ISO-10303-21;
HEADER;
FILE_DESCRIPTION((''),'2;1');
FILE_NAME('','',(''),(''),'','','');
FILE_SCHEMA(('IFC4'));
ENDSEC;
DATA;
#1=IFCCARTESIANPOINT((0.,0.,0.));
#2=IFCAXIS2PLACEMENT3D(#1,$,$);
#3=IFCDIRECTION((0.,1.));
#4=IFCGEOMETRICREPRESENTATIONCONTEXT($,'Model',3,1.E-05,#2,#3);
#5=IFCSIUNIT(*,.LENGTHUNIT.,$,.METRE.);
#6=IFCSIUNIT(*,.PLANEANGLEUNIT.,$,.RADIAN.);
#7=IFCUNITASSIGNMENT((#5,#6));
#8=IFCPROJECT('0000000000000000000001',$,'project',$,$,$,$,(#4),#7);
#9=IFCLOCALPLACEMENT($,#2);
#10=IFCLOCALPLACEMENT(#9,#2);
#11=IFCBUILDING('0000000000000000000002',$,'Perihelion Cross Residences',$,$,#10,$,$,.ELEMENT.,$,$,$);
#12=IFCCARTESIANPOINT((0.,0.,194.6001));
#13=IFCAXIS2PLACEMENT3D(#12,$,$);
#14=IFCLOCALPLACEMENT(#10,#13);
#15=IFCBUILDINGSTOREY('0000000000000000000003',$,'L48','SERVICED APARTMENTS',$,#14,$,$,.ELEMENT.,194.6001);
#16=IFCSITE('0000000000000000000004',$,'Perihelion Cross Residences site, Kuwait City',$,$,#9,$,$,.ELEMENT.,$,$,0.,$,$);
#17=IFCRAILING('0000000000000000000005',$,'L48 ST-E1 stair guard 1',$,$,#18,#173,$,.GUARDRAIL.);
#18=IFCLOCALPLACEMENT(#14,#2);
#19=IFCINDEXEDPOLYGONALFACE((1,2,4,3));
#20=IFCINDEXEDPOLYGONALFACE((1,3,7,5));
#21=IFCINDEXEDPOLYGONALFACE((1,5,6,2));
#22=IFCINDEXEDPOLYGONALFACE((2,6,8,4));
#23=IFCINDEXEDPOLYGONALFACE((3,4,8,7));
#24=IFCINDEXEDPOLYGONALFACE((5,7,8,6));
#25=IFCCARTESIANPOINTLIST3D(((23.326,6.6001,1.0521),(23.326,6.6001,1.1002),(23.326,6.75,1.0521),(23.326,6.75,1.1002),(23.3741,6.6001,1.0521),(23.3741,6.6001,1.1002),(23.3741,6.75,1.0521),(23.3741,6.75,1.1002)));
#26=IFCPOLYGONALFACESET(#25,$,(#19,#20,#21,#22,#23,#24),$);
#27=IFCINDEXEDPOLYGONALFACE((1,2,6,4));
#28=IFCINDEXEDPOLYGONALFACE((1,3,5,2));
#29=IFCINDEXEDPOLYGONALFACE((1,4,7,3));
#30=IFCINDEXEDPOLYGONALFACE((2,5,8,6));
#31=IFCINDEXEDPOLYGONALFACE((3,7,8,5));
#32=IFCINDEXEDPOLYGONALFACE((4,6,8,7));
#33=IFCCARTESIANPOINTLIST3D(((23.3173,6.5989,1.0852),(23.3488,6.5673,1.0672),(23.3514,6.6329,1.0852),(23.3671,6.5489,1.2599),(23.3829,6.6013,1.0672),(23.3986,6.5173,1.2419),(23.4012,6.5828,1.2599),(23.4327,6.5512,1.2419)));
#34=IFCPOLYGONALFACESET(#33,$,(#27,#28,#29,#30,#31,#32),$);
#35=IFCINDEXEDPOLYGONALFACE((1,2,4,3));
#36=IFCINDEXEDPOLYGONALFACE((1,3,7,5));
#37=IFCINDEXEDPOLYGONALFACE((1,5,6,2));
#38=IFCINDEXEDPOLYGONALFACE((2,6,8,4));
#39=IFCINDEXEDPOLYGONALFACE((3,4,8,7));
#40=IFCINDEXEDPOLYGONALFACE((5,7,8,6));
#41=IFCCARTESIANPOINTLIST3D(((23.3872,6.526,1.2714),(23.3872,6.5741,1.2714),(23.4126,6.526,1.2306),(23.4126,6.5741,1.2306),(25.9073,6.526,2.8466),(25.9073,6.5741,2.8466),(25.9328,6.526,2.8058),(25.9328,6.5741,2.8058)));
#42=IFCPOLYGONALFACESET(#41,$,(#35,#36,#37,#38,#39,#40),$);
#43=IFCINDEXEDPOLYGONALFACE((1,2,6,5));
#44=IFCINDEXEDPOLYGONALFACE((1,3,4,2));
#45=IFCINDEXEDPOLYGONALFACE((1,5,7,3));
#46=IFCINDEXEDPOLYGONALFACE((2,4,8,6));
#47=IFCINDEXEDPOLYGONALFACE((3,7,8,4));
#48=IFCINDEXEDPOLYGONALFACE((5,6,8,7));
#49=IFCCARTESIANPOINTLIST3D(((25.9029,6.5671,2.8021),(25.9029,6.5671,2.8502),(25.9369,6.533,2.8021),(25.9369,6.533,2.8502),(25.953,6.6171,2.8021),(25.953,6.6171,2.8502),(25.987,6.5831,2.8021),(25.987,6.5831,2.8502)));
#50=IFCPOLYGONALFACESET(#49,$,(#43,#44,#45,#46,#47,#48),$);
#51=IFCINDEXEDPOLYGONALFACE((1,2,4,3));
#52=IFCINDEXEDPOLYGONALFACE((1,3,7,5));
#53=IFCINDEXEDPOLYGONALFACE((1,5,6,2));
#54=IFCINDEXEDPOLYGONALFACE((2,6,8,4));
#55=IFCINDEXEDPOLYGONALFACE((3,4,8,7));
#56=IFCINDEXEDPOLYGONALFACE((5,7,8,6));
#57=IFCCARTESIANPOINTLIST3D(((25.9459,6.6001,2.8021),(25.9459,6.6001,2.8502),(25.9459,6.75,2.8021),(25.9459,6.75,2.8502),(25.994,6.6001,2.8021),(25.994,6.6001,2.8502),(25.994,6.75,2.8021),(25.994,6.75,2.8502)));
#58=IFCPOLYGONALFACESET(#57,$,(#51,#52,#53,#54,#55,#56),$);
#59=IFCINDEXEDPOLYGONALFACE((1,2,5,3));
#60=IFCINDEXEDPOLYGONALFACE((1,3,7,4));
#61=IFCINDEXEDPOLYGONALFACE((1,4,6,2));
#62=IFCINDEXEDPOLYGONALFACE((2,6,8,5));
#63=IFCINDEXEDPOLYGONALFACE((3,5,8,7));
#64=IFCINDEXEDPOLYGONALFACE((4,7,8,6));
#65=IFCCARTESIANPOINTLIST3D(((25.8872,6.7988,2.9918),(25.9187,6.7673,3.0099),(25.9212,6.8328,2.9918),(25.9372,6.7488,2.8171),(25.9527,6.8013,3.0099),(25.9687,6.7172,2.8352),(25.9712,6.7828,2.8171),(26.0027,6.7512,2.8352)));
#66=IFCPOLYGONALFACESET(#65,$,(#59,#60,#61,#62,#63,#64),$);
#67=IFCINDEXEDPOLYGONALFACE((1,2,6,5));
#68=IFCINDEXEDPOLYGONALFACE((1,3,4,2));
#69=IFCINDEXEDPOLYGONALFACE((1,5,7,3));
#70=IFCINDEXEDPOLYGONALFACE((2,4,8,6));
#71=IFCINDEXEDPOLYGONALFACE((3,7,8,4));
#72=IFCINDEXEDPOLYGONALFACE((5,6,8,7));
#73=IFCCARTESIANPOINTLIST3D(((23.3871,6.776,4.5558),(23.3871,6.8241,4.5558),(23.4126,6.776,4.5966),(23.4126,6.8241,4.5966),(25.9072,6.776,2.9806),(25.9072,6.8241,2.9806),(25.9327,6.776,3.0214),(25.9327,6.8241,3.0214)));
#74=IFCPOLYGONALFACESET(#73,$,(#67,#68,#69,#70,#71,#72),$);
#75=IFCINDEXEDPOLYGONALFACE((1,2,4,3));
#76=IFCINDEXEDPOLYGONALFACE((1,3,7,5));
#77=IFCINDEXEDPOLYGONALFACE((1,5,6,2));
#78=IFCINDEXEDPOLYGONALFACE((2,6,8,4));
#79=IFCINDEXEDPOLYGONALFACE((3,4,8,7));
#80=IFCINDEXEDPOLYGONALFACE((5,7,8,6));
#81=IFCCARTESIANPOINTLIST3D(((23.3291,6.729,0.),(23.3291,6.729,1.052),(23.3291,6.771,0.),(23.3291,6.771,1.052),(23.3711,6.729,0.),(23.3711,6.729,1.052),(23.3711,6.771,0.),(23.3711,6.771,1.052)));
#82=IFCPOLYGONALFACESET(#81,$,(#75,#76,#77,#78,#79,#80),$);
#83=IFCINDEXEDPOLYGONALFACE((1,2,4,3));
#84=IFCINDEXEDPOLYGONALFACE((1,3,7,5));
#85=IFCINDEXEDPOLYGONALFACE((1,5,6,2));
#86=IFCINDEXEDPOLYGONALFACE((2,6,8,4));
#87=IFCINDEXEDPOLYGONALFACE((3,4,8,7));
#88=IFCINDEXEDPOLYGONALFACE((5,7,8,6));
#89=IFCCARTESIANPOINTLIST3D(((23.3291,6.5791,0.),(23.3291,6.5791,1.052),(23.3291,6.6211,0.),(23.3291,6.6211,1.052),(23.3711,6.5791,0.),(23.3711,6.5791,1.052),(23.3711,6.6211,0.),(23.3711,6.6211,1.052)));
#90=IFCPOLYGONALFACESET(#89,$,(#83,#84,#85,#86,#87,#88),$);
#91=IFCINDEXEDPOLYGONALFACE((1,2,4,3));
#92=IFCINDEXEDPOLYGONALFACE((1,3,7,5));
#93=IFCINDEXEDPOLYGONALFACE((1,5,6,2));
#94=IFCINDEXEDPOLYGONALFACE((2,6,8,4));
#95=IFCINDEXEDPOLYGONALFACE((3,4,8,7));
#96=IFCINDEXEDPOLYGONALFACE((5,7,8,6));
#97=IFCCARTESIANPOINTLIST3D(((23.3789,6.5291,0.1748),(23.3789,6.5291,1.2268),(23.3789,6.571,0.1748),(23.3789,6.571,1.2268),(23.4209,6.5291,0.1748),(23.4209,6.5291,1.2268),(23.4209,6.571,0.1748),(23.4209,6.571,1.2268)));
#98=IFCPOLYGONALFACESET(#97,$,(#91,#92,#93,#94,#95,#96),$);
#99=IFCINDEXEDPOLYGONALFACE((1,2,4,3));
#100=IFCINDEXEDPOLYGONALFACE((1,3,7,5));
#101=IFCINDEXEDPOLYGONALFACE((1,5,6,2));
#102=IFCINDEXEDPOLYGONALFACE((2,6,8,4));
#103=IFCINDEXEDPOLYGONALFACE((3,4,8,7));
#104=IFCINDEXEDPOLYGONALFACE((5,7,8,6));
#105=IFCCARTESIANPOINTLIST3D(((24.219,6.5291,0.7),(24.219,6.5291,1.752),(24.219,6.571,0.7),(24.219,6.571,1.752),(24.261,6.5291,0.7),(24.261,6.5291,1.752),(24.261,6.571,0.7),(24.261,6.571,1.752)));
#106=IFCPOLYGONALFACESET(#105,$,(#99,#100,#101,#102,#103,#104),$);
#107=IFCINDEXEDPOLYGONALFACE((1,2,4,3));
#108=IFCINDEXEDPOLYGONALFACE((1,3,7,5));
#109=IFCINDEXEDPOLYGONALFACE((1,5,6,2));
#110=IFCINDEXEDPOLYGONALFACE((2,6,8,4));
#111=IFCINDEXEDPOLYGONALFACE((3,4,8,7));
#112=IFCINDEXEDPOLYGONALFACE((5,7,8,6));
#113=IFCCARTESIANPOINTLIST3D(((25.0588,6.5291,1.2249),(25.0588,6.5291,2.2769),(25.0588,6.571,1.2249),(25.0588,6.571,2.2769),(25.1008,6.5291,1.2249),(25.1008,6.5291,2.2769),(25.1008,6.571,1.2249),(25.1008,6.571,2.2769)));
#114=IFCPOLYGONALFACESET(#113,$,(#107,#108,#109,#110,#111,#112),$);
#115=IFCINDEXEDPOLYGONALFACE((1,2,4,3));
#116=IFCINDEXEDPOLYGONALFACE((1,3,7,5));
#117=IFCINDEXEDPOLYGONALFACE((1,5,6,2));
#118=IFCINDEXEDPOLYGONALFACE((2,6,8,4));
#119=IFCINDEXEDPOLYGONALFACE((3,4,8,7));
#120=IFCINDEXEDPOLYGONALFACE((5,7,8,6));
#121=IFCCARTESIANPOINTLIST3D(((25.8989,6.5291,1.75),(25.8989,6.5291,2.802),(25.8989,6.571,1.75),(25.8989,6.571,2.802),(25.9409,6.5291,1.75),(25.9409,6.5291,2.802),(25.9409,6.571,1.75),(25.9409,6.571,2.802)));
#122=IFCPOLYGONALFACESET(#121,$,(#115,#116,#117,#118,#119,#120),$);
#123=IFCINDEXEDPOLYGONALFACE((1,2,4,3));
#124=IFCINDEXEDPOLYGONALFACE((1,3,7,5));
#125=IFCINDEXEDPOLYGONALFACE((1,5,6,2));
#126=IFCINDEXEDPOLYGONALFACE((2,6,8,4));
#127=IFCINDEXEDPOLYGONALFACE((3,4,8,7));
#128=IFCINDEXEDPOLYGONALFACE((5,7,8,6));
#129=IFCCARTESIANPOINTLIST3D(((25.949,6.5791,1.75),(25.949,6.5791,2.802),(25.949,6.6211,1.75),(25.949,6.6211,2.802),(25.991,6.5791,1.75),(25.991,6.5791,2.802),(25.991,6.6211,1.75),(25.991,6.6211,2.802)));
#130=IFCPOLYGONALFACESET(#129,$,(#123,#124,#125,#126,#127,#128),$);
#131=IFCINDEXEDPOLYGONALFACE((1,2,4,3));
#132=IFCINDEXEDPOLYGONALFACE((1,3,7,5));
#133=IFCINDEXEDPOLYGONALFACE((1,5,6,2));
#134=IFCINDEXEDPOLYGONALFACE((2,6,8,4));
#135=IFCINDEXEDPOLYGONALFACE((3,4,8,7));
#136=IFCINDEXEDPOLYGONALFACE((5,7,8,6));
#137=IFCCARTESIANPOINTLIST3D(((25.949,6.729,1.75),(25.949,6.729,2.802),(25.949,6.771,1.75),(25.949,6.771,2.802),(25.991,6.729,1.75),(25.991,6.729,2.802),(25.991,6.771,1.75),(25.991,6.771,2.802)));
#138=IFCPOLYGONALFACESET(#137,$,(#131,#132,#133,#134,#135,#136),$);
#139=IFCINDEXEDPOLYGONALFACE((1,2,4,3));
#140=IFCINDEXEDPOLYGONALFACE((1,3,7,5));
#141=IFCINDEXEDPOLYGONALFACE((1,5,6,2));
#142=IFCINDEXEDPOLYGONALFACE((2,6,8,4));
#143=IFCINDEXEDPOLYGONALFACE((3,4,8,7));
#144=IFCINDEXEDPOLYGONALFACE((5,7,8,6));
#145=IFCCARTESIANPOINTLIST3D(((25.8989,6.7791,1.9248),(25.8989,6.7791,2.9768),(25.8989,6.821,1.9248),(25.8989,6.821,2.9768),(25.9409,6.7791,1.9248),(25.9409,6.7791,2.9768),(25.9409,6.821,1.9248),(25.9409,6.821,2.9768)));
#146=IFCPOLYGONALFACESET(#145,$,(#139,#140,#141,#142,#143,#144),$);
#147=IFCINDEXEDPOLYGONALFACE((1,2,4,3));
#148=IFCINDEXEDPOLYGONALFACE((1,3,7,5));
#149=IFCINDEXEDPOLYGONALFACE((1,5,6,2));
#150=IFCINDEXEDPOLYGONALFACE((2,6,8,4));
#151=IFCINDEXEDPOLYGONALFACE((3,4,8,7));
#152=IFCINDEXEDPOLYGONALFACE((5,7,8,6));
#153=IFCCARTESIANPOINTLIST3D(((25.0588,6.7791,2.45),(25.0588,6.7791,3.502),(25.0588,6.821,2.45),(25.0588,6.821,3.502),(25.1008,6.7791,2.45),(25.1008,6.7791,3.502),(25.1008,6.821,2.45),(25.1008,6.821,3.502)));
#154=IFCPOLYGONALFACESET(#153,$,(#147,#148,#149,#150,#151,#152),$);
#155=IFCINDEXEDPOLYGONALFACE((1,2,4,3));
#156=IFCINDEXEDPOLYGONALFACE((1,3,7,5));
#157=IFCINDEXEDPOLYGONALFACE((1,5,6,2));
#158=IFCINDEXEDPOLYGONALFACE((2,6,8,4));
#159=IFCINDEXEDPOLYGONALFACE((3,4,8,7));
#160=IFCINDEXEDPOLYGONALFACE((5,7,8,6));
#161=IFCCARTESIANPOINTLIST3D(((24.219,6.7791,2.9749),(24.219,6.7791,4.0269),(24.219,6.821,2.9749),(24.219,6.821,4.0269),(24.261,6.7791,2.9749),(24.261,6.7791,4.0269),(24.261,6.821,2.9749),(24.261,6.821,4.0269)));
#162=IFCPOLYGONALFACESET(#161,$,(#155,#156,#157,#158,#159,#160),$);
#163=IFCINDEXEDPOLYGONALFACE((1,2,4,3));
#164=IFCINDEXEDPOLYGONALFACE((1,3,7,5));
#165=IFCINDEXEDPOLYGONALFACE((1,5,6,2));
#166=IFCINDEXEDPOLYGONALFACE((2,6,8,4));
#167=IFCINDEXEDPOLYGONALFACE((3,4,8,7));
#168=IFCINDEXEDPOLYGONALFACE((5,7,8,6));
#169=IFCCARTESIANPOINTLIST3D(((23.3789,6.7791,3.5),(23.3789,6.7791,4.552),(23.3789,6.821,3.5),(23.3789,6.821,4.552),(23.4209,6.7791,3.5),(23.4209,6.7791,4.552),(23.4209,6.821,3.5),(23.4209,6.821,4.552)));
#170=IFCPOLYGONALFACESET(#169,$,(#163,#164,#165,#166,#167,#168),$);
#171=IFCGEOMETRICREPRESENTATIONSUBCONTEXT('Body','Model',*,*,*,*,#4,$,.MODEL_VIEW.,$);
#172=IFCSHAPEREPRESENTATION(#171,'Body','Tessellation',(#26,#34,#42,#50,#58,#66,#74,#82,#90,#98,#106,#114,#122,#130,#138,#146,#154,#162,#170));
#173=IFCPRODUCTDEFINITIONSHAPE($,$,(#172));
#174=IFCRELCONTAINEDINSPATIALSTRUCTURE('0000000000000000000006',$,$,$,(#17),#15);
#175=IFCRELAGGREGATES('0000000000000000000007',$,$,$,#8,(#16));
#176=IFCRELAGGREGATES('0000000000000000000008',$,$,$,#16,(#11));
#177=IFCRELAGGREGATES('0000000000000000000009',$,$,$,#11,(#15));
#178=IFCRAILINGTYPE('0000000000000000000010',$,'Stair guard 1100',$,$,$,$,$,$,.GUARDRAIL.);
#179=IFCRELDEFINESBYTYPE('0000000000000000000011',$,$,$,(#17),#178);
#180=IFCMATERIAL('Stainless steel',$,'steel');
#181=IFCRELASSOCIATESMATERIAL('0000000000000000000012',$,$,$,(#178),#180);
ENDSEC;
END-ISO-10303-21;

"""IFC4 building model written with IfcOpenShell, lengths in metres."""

from ifc_helpers import new_model, si_unit, direction, frame, origin, origin_2d, place, context, subcontext, project, spatial, rectangle, extrude, material, type_object, element, save


model = new_model("IFC4")

# Units and contexts
model_context = context("Model", 3, precision=1e-05, world=origin(), true_north=direction((0.0, 1.0)))
body_context = subcontext(model_context, "Body", "Model", "MODEL_VIEW")
ifc_project = project(units=[si_unit("LENGTHUNIT", "METRE"), si_unit("PLANEANGLEUNIT", "RADIAN")], contexts=[model_context])

# Site, building, storey
site_placement = place(None, origin())
site = spatial("IfcSite", under=ifc_project, at=site_placement, Name="Perihelion Cross Residences site, Kuwait City", CompositionType="ELEMENT", RefElevation=0.0)
building_placement = place(site_placement, origin())
building = spatial("IfcBuilding", under=site, at=building_placement, Name="Perihelion Cross Residences", CompositionType="ELEMENT")
storey_placement = place(building_placement, frame((0.0, 0.0, 194.6001)))
storey = spatial("IfcBuildingStorey", under=building, at=storey_placement, Name="L48", Description="SERVICED APARTMENTS", CompositionType="ELEMENT", Elevation=194.6001)

# Railing
ifc_material_1 = material(Name="Stainless steel", Category="steel")
railing_type_1 = type_object("IfcRailingType", Name="Stair guard 1100", PredefinedType="GUARDRAIL", material=ifc_material_1)
railing_1_placement = place(storey_placement, frame((23.3501, 6.75, 0.0)))
element("IfcRailing", 1, at=railing_1_placement, inside=storey, type_object=railing_type_1, Name="L48 ST-E1 stair guard 1", PredefinedType="GUARDRAIL", context=body_context, shape_type="SweptSolid", body=[
    extrude(rectangle(XDim=0.0481, YDim=0.0481, at=origin_2d()), frame((0.0, 0.0, 1.0762), z_axis=(0.0, -1.0, 0.0), x_axis=(1.0, 0.0, 0.0)), (0.0, 0.0, 1.0), 0.1499),
    extrude(rectangle(XDim=0.0481, YDim=0.0481, at=origin_2d()), frame((0.0, -0.1499, 1.0762), z_axis=(0.264179, -0.265474, 0.927218), x_axis=(0.708834, 0.705376, 0.0)), (0.0, 0.0, 1.0), 0.1885),
    extrude(rectangle(XDim=0.0481, YDim=0.0481, at=origin_2d()), frame((0.0498, -0.2, 1.251), z_axis=(0.847971, 0.0, 0.530043), x_axis=(0.0, 1.0, 0.0)), (0.0, 0.0, 1.0), 2.9719),
    extrude(rectangle(XDim=0.0481, YDim=0.0481, at=origin_2d()), frame((2.5698, -0.2, 2.8262), z_axis=(0.707107, 0.707107, 0.0), x_axis=(-0.707107, 0.707107, 0.0)), (0.0, 0.0, 1.0), 0.0708),
    extrude(rectangle(XDim=0.0481, YDim=0.0481, at=origin_2d()), frame((2.6199, -0.1499, 2.8262), z_axis=(0.0, 1.0, 0.0), x_axis=(-1.0, 0.0, 0.0)), (0.0, 0.0, 1.0), 0.1499),
    extrude(rectangle(XDim=0.0481, YDim=0.0481, at=origin_2d()), frame((2.6199, 0.0, 2.8262), z_axis=(-0.265383, 0.265383, 0.9269), x_axis=(-0.707107, -0.707107, 0.0)), (0.0, 0.0, 1.0), 0.1885),
    extrude(rectangle(XDim=0.0481, YDim=0.0481, at=origin_2d()), frame((2.5698, 0.05, 3.001), z_axis=(-0.847971, 0.0, 0.530043), x_axis=(0.0, -1.0, 0.0)), (0.0, 0.0, 1.0), 2.9719),
    extrude(rectangle(XDim=0.042, YDim=0.042, at=origin_2d()), origin(), (0.0, 0.0, 1.0), 1.052),
    extrude(rectangle(XDim=0.042, YDim=0.042, at=origin_2d()), frame((0.0, -0.1499, 0.0)), (0.0, 0.0, 1.0), 1.052),
    extrude(rectangle(XDim=0.042, YDim=0.042, at=origin_2d()), frame((0.0498, -0.2, 0.1748)), (0.0, 0.0, 1.0), 1.052),
    extrude(rectangle(XDim=0.042, YDim=0.042, at=origin_2d()), frame((0.8899, -0.2, 0.7)), (0.0, 0.0, 1.0), 1.052),
    extrude(rectangle(XDim=0.042, YDim=0.042, at=origin_2d()), frame((1.7297, -0.2, 1.2249)), (0.0, 0.0, 1.0), 1.052),
    extrude(rectangle(XDim=0.042, YDim=0.042, at=origin_2d()), frame((2.5698, -0.2, 1.75)), (0.0, 0.0, 1.0), 1.052),
    extrude(rectangle(XDim=0.042, YDim=0.042, at=origin_2d()), frame((2.6199, -0.1499, 1.75)), (0.0, 0.0, 1.0), 1.052),
    extrude(rectangle(XDim=0.042, YDim=0.042, at=origin_2d()), frame((2.6199, 0.0, 1.75)), (0.0, 0.0, 1.0), 1.052),
    extrude(rectangle(XDim=0.042, YDim=0.042, at=origin_2d()), frame((2.5698, 0.05, 1.9248)), (0.0, 0.0, 1.0), 1.052),
    extrude(rectangle(XDim=0.042, YDim=0.042, at=origin_2d()), frame((1.7297, 0.05, 2.45)), (0.0, 0.0, 1.0), 1.052),
    extrude(rectangle(XDim=0.042, YDim=0.042, at=origin_2d()), frame((0.8899, 0.05, 2.9749)), (0.0, 0.0, 1.0), 1.052),
    extrude(rectangle(XDim=0.042, YDim=0.042, at=origin_2d()), frame((0.0498, 0.05, 3.5)), (0.0, 0.0, 1.0), 1.052),
])

save(model, "model.ifc")
